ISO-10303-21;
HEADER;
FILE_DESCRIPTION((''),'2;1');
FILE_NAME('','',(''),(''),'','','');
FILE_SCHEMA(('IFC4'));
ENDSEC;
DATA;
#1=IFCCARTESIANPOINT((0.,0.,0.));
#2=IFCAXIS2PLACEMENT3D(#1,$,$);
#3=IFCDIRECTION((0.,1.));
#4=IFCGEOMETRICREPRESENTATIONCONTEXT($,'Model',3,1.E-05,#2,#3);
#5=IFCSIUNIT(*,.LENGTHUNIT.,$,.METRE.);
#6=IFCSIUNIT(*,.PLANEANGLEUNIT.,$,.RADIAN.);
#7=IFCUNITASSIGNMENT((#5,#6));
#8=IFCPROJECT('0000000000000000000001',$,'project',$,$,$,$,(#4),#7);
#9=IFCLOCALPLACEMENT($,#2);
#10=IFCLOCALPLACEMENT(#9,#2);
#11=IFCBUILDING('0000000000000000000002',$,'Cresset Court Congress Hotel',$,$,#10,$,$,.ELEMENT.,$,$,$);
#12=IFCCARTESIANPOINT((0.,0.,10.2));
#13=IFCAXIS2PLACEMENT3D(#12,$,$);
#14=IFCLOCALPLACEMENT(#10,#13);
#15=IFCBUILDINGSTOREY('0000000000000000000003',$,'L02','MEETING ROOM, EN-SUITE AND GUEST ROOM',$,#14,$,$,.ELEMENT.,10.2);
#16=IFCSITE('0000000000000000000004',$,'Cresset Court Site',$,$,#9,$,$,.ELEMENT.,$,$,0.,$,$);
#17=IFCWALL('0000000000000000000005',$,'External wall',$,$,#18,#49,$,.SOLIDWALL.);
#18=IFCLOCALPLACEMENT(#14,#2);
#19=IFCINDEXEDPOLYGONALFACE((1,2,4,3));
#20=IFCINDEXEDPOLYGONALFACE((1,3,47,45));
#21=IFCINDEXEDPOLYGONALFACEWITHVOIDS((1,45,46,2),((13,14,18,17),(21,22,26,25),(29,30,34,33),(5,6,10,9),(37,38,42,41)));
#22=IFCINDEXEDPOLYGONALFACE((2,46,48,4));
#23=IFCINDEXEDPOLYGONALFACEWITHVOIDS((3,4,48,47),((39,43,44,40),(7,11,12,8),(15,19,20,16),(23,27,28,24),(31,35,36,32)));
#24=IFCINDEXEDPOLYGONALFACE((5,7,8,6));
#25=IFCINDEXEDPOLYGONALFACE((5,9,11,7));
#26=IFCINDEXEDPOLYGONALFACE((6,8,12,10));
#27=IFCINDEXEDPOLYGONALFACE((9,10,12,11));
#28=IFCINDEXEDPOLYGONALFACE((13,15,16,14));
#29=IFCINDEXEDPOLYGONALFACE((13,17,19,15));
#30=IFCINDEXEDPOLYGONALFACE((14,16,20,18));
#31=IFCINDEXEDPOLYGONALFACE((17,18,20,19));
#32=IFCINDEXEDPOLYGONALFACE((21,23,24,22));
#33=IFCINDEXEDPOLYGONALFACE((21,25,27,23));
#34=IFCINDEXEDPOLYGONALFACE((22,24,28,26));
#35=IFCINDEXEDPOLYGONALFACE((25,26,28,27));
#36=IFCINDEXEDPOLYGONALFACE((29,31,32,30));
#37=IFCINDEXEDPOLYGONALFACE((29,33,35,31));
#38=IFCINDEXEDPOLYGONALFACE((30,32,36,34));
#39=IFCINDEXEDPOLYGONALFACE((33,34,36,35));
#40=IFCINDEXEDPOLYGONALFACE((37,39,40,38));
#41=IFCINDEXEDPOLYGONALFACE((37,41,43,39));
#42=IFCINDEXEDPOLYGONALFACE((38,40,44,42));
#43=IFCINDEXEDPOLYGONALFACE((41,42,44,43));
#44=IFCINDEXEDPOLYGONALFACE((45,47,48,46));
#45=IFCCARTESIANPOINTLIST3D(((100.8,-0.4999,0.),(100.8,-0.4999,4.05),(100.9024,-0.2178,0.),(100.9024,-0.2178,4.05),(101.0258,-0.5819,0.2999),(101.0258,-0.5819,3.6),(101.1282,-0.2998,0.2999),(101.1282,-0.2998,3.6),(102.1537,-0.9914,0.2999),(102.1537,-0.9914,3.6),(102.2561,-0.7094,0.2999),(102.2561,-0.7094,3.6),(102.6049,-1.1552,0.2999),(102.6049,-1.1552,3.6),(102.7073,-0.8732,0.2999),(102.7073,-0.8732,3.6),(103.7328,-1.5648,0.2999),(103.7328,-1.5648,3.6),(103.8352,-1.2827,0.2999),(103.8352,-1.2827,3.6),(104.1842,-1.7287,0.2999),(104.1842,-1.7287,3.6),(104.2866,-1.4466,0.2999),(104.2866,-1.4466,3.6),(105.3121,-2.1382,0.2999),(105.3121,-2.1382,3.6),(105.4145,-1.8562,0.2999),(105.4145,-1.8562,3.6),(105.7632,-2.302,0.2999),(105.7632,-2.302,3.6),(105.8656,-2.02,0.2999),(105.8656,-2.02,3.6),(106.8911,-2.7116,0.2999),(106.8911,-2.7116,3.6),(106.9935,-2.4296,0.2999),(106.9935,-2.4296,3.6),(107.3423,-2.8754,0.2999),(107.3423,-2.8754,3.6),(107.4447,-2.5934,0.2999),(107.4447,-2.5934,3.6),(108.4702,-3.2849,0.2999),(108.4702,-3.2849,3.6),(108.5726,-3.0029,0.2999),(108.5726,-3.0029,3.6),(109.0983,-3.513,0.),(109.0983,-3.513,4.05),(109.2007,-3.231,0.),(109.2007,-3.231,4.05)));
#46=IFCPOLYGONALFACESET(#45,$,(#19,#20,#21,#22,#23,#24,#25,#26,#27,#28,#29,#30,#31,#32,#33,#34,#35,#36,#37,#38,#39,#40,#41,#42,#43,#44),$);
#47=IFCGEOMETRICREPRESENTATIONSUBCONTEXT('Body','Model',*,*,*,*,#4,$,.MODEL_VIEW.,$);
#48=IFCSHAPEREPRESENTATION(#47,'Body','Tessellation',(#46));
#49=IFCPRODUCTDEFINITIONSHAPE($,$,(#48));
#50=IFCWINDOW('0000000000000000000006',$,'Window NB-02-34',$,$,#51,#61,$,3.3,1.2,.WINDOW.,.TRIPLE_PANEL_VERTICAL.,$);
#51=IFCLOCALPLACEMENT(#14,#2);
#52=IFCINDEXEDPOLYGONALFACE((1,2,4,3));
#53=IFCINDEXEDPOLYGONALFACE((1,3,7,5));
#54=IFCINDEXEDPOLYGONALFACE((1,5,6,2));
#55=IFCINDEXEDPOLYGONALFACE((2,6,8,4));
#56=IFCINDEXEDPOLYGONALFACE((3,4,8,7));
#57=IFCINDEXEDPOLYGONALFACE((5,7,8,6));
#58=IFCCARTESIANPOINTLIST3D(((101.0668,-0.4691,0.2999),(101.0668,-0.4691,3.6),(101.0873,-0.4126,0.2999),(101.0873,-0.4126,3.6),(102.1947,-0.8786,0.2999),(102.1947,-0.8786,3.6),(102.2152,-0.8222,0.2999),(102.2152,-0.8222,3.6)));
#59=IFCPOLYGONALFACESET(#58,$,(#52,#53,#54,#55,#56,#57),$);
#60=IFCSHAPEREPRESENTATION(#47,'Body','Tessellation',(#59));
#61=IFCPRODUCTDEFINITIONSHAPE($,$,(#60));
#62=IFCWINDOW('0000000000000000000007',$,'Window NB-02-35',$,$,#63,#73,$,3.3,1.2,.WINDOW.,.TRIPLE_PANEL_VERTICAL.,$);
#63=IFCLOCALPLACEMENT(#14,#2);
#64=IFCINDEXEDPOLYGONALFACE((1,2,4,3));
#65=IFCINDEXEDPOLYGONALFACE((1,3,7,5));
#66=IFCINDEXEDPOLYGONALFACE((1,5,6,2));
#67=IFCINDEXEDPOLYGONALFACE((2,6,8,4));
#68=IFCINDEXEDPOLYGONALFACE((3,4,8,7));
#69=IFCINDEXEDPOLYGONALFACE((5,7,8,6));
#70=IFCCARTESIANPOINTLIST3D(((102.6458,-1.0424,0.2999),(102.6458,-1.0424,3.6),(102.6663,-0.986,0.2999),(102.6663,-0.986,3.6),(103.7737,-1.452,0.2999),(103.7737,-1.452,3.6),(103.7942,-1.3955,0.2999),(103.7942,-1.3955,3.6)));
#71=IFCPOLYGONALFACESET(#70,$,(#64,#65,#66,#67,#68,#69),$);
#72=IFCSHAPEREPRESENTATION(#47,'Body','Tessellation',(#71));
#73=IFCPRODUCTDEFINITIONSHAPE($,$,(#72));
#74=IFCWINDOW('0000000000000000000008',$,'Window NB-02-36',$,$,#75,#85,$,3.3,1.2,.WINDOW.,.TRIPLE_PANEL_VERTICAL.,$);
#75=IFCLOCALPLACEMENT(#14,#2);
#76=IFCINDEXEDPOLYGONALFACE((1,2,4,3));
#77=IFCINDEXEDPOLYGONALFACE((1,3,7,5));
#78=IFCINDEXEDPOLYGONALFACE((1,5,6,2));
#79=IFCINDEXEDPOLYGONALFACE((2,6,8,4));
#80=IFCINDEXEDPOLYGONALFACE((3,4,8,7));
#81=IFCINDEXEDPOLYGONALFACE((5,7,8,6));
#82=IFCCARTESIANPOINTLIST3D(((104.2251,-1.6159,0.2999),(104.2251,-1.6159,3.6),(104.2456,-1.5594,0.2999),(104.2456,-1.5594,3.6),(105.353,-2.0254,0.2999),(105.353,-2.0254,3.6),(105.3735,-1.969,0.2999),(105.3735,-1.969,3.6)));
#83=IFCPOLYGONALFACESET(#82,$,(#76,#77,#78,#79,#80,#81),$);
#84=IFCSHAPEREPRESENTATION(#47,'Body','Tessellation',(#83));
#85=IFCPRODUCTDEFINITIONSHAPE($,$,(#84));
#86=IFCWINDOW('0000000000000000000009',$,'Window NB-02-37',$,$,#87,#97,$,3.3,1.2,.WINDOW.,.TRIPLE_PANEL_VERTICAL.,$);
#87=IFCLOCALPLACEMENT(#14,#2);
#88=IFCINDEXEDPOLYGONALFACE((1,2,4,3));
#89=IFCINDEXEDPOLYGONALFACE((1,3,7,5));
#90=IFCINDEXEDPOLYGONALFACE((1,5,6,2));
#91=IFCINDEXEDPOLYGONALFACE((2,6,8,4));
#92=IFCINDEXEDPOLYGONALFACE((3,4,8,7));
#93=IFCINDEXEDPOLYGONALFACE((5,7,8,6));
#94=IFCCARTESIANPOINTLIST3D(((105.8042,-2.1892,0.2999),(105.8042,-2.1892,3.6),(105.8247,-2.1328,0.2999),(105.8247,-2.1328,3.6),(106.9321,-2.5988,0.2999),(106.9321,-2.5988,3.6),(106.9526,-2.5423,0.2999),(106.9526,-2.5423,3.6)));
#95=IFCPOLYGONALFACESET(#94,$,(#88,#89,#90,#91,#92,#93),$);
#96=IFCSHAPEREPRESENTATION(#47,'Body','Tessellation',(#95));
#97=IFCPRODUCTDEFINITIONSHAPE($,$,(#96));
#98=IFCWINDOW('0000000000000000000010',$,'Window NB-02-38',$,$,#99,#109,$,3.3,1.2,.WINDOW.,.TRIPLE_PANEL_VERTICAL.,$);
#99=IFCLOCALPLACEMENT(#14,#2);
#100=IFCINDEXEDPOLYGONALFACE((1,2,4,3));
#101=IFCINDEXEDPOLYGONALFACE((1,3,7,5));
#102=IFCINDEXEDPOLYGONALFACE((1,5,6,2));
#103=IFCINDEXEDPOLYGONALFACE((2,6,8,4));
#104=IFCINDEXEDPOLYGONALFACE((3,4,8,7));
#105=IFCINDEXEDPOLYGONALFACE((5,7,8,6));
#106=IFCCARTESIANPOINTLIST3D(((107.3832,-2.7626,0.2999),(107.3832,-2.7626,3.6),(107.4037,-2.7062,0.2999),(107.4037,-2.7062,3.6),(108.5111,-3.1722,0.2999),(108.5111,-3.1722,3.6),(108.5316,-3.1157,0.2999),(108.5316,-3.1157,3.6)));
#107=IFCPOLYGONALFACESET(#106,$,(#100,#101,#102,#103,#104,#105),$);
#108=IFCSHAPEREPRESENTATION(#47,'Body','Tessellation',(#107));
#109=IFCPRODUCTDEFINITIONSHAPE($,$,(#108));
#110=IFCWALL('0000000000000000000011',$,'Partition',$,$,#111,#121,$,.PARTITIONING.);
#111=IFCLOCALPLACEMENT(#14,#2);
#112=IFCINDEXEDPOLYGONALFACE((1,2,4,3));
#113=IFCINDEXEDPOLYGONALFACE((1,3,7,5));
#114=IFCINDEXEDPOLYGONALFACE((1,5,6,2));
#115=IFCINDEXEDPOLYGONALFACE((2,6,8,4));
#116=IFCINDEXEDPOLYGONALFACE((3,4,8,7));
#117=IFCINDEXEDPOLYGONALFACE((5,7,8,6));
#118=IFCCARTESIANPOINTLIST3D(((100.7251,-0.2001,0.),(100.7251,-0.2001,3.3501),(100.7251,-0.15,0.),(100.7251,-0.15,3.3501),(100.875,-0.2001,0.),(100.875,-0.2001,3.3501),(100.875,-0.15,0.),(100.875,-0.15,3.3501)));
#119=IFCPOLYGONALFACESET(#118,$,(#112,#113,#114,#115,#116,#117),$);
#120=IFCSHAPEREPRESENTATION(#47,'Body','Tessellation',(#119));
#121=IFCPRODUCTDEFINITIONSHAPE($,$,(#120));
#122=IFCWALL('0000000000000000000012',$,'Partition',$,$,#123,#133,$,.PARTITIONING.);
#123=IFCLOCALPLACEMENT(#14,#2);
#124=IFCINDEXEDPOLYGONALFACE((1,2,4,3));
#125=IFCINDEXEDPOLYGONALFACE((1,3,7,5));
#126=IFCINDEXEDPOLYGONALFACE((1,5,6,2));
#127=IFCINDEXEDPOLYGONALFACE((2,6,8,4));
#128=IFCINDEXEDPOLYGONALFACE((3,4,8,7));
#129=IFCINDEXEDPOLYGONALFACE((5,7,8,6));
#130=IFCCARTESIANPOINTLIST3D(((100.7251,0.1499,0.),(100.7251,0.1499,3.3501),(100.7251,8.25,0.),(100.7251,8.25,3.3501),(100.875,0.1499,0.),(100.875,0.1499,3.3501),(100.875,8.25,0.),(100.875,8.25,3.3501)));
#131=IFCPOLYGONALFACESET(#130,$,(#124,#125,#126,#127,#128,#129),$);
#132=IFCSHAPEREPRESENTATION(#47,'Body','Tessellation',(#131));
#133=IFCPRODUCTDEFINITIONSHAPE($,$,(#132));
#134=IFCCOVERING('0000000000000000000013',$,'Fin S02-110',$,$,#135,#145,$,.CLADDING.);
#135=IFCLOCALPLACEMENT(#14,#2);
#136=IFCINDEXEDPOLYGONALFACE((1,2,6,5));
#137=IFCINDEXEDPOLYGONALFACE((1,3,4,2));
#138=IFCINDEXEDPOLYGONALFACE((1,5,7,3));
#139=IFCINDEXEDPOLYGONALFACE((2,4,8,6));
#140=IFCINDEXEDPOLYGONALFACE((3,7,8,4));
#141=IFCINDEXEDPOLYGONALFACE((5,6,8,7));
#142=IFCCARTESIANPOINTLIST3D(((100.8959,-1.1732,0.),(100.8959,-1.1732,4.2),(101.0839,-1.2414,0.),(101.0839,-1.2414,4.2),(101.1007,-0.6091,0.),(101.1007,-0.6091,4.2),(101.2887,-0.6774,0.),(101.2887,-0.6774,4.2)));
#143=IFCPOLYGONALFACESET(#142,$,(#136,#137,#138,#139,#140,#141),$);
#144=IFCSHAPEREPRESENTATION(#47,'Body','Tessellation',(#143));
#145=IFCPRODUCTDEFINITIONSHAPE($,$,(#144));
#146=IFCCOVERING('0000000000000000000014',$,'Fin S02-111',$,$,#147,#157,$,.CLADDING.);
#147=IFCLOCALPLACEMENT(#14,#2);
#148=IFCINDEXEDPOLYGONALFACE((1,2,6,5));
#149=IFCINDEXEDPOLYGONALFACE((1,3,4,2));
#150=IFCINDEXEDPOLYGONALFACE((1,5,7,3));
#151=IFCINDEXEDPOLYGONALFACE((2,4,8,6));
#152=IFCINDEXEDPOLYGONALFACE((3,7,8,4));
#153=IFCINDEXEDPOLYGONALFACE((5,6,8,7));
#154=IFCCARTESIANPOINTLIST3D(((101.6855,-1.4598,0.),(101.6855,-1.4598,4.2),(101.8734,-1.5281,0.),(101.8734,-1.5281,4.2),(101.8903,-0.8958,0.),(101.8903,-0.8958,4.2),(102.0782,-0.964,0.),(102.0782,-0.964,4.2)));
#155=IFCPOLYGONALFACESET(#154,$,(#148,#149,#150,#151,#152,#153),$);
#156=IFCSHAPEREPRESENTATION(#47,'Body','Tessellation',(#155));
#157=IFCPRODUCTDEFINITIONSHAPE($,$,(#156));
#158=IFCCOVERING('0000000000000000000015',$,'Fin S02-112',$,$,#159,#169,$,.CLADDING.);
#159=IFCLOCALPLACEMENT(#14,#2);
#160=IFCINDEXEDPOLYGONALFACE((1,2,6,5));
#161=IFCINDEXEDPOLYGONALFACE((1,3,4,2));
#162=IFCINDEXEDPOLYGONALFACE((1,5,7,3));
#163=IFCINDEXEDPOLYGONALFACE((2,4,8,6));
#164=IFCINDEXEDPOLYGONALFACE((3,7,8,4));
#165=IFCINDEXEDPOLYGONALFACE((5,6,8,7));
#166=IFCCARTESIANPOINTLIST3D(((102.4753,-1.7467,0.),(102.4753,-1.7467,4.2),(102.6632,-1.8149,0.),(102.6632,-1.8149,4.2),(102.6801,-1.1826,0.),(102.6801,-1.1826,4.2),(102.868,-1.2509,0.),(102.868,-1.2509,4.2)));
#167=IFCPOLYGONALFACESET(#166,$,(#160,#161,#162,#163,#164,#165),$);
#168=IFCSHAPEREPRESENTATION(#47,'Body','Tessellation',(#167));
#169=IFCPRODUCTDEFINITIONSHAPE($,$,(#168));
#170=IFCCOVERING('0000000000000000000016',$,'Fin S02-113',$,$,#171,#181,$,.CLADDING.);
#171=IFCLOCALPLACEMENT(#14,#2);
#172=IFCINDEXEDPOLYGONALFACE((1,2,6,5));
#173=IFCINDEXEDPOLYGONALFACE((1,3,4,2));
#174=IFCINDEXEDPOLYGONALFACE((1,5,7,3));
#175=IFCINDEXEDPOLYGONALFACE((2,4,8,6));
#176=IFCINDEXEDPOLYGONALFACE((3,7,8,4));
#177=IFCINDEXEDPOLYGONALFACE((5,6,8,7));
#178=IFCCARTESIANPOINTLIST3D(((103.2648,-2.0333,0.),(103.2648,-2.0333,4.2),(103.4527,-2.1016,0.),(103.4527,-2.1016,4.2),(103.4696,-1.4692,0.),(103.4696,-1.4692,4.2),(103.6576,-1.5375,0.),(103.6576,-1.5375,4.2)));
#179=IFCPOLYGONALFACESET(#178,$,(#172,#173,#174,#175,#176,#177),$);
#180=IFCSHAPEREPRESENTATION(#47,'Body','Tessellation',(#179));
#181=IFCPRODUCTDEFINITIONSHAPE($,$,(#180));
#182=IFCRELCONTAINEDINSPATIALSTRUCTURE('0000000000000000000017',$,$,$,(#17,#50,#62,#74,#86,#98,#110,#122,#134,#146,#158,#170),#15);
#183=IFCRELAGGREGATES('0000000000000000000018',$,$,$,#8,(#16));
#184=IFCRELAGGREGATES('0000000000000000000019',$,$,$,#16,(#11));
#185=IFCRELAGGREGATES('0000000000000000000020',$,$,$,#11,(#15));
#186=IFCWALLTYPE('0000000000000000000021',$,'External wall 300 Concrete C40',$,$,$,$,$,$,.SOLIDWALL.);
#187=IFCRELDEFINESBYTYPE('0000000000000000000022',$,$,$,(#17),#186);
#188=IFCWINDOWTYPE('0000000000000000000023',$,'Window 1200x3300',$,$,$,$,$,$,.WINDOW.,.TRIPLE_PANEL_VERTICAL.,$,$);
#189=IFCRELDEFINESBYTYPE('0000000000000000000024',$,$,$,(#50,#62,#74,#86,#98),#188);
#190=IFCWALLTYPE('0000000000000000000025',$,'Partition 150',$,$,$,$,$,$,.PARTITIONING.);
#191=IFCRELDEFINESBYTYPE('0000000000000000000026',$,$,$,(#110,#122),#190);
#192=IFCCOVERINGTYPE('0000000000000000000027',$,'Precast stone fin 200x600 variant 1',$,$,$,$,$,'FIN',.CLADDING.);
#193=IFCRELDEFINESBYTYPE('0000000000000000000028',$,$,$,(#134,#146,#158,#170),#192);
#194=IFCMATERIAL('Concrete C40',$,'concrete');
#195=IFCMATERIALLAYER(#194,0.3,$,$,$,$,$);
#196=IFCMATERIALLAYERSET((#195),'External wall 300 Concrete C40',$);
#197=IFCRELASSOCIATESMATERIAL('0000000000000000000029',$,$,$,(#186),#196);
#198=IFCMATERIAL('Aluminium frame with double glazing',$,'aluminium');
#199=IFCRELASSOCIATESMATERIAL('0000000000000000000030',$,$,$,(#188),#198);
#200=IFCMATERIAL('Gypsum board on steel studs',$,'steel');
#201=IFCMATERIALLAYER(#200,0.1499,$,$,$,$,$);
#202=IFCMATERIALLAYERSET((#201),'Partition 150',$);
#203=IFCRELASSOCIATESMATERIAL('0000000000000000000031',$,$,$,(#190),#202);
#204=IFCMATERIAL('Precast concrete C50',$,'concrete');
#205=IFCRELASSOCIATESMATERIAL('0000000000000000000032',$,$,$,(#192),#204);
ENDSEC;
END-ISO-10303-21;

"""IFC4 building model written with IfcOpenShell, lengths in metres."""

from ifc_helpers import new_model, si_unit, direction, frame, frame_2d, origin, origin_2d, place, context, subcontext, project, spatial, rectangle, extrude, material, layer, layer_set, type_object, element, fill, save


model = new_model("IFC4")

# Units and contexts
model_context = context("Model", 3, precision=1e-05, world=origin(), true_north=direction((0.0, 1.0)))
body_context = subcontext(model_context, "Body", "Model", "MODEL_VIEW")
ifc_project = project(units=[si_unit("LENGTHUNIT", "METRE"), si_unit("PLANEANGLEUNIT", "RADIAN")], contexts=[model_context])

# Site, building, storey
site_placement = place(None, origin())
site = spatial("IfcSite", under=ifc_project, at=site_placement, Name="Cresset Court Site", CompositionType="ELEMENT", RefElevation=0.0)
building_placement = place(site_placement, origin())
building = spatial("IfcBuilding", under=site, at=building_placement, Name="Cresset Court Congress Hotel", CompositionType="ELEMENT")
storey_placement = place(building_placement, frame((0.0, 0.0, 10.2)))
storey = spatial("IfcBuildingStorey", under=building, at=storey_placement, Name="L02", Description="MEETING ROOM, EN-SUITE AND GUEST ROOM", CompositionType="ELEMENT", Elevation=10.2)

# Wall, openings, windows
ifc_material_1 = material(Name="Concrete C40", Category="concrete")
ifc_layer_1 = layer(ifc_material_1, 0.3)
ifc_layer_set_1 = layer_set([ifc_layer_1], Name="External wall 300 Concrete C40")
wall_type_1 = type_object("IfcWallType", Name="External wall 300 Concrete C40", PredefinedType="SOLIDWALL", material=ifc_layer_set_1)
wall_1_placement = place(storey_placement, frame((100.8513, -0.3589, 0.0), z_axis=(0.0, 0.0, 1.0), x_axis=(0.939953, -0.341303, 0.0)))
wall_1 = element("IfcWall", 1, at=wall_1_placement, inside=storey, type_object=wall_type_1, Name="External wall", PredefinedType="SOLIDWALL", context=body_context, shape_type="SweptSolid", body=[
    extrude(rectangle(XDim=8.8284, YDim=0.3, at=frame_2d((4.4141, 0.0))), origin(), (0.0, 0.0, 1.0), 4.05),
])
opening_1_placement = place(wall_1_placement, frame((0.24, 0.0, 0.3)))
opening_1 = element("IfcOpeningElement", 2, at=opening_1_placement, cuts=wall_1, PredefinedType="OPENING", context=body_context, shape_type="SweptSolid", body=[
    extrude(rectangle(XDim=1.2, YDim=3.3, at=frame_2d((0.6001, 1.6499))), frame((0.0, 0.1599, 0.0), z_axis=(0.0, -1.0, 0.0), x_axis=(1.0, 0.0, 0.0)), (0.0, 0.0, 1.0), 0.3201),
])
opening_2_placement = place(wall_1_placement, frame((1.9199, 0.0, 0.3)))
opening_2 = element("IfcOpeningElement", 3, at=opening_2_placement, cuts=wall_1, PredefinedType="OPENING", context=body_context, shape_type="SweptSolid", body=[
    extrude(rectangle(XDim=1.2, YDim=3.3, at=frame_2d((0.6001, 1.6499))), frame((0.0, 0.1599, 0.0), z_axis=(0.0, -1.0, 0.0), x_axis=(1.0, 0.0, 0.0)), (0.0, 0.0, 1.0), 0.3201),
])
opening_3_placement = place(wall_1_placement, frame((3.6001, 0.0, 0.3)))
opening_3 = element("IfcOpeningElement", 4, at=opening_3_placement, cuts=wall_1, PredefinedType="OPENING", context=body_context, shape_type="SweptSolid", body=[
    extrude(rectangle(XDim=1.2, YDim=3.3, at=frame_2d((0.6001, 1.6499))), frame((0.0, 0.1599, 0.0), z_axis=(0.0, -1.0, 0.0), x_axis=(1.0, 0.0, 0.0)), (0.0, 0.0, 1.0), 0.3201),
])
opening_4_placement = place(wall_1_placement, frame((5.28, 0.0, 0.3)))
opening_4 = element("IfcOpeningElement", 5, at=opening_4_placement, cuts=wall_1, PredefinedType="OPENING", context=body_context, shape_type="SweptSolid", body=[
    extrude(rectangle(XDim=1.2, YDim=3.3, at=frame_2d((0.6001, 1.6499))), frame((0.0, 0.1599, 0.0), z_axis=(0.0, -1.0, 0.0), x_axis=(1.0, 0.0, 0.0)), (0.0, 0.0, 1.0), 0.3201),
])
opening_5_placement = place(wall_1_placement, frame((6.96, 0.0, 0.3)))
opening_5 = element("IfcOpeningElement", 6, at=opening_5_placement, cuts=wall_1, PredefinedType="OPENING", context=body_context, shape_type="SweptSolid", body=[
    extrude(rectangle(XDim=1.2, YDim=3.3, at=frame_2d((0.6001, 1.6499))), frame((0.0, 0.1599, 0.0), z_axis=(0.0, -1.0, 0.0), x_axis=(1.0, 0.0, 0.0)), (0.0, 0.0, 1.0), 0.3201),
])
ifc_material_2 = material(Name="Aluminium frame with double glazing", Category="aluminium")
window_type = type_object("IfcWindowType", Name="Window 1200x3300", PartitioningType="TRIPLE_PANEL_VERTICAL", PredefinedType="WINDOW", material=ifc_material_2)
window_1_placement = place(opening_1_placement, origin())
window_1 = element("IfcWindow", 7, at=window_1_placement, inside=storey, type_object=window_type, Name="Window NB-02-34", OverallHeight=3.3, OverallWidth=1.2, PartitioningType="TRIPLE_PANEL_VERTICAL", PredefinedType="WINDOW", context=body_context, shape_type="SweptSolid", body=[
    extrude(rectangle(XDim=1.2, YDim=3.3, at=frame_2d((0.6001, 1.6499))), frame((0.0, 0.03, 0.0), z_axis=(0.0, -1.0, 0.0), x_axis=(1.0, 0.0, 0.0)), (0.0, 0.0, 1.0), 0.0601),
])
fill(opening_1, window_1)
window_2_placement = place(opening_2_placement, origin())
window_2 = element("IfcWindow", 8, at=window_2_placement, inside=storey, type_object=window_type, Name="Window NB-02-35", OverallHeight=3.3, OverallWidth=1.2, PartitioningType="TRIPLE_PANEL_VERTICAL", PredefinedType="WINDOW", context=body_context, shape_type="SweptSolid", body=[
    extrude(rectangle(XDim=1.2, YDim=3.3, at=frame_2d((0.6001, 1.6499))), frame((0.0, 0.03, 0.0), z_axis=(0.0, -1.0, 0.0), x_axis=(1.0, 0.0, 0.0)), (0.0, 0.0, 1.0), 0.0601),
])
fill(opening_2, window_2)
window_3_placement = place(opening_3_placement, origin())
window_3 = element("IfcWindow", 9, at=window_3_placement, inside=storey, type_object=window_type, Name="Window NB-02-36", OverallHeight=3.3, OverallWidth=1.2, PartitioningType="TRIPLE_PANEL_VERTICAL", PredefinedType="WINDOW", context=body_context, shape_type="SweptSolid", body=[
    extrude(rectangle(XDim=1.2, YDim=3.3, at=frame_2d((0.6001, 1.6499))), frame((0.0, 0.03, 0.0), z_axis=(0.0, -1.0, 0.0), x_axis=(1.0, 0.0, 0.0)), (0.0, 0.0, 1.0), 0.0601),
])
fill(opening_3, window_3)
window_4_placement = place(opening_4_placement, origin())
window_4 = element("IfcWindow", 10, at=window_4_placement, inside=storey, type_object=window_type, Name="Window NB-02-37", OverallHeight=3.3, OverallWidth=1.2, PartitioningType="TRIPLE_PANEL_VERTICAL", PredefinedType="WINDOW", context=body_context, shape_type="SweptSolid", body=[
    extrude(rectangle(XDim=1.2, YDim=3.3, at=frame_2d((0.6001, 1.6499))), frame((0.0, 0.03, 0.0), z_axis=(0.0, -1.0, 0.0), x_axis=(1.0, 0.0, 0.0)), (0.0, 0.0, 1.0), 0.0601),
])
fill(opening_4, window_4)
window_5_placement = place(opening_5_placement, origin())
window_5 = element("IfcWindow", 11, at=window_5_placement, inside=storey, type_object=window_type, Name="Window NB-02-38", OverallHeight=3.3, OverallWidth=1.2, PartitioningType="TRIPLE_PANEL_VERTICAL", PredefinedType="WINDOW", context=body_context, shape_type="SweptSolid", body=[
    extrude(rectangle(XDim=1.2, YDim=3.3, at=frame_2d((0.6001, 1.6499))), frame((0.0, 0.03, 0.0), z_axis=(0.0, -1.0, 0.0), x_axis=(1.0, 0.0, 0.0)), (0.0, 0.0, 1.0), 0.0601),
])
fill(opening_5, window_5)

# Walls
ifc_material_3 = material(Name="Gypsum board on steel studs", Category="steel")
ifc_layer_2 = layer(ifc_material_3, 0.1499)
ifc_layer_set_2 = layer_set([ifc_layer_2], Name="Partition 150")
wall_type_2 = type_object("IfcWallType", Name="Partition 150", PredefinedType="PARTITIONING", material=ifc_layer_set_2)
wall_2_placement = place(storey_placement, frame((100.8, -0.2, 0.0), z_axis=(0.0, 0.0, 1.0), x_axis=(0.0, 1.0, 0.0)))
element("IfcWall", 12, at=wall_2_placement, inside=storey, type_object=wall_type_2, Name="Partition", PredefinedType="PARTITIONING", context=body_context, shape_type="SweptSolid", body=[
    extrude(rectangle(XDim=0.05, YDim=0.1499, at=frame_2d((0.0249, 0.0))), origin(), (0.0, 0.0, 1.0), 3.3501),
])
wall_3_placement = place(storey_placement, frame((100.8, 0.1499, 0.0), z_axis=(0.0, 0.0, 1.0), x_axis=(0.0, 1.0, 0.0)))
element("IfcWall", 13, at=wall_3_placement, inside=storey, type_object=wall_type_2, Name="Partition", PredefinedType="PARTITIONING", context=body_context, shape_type="SweptSolid", body=[
    extrude(rectangle(XDim=8.1001, YDim=0.1499, at=frame_2d((4.05, 0.0))), origin(), (0.0, 0.0, 1.0), 3.3501),
])

# Coverings
ifc_material_4 = material(Name="Precast concrete C50", Category="concrete")
covering_type_1 = type_object("IfcCoveringType", Name="Precast stone fin 200x600 variant 1", ElementType="FIN", PredefinedType="CLADDING", material=ifc_material_4)
for number, where, z_axis, x_axis, name in (
    (14, (101.0923, -0.9253, 0.0), (0.0, 0.0, 1.0), (0.939957, -0.341293, 0.0), "Fin S02-110"),
    (15, (101.8818, -1.2119, 0.0), (0.0, 0.0, 1.0), (0.939957, -0.341293, 0.0), "Fin S02-111"),
    (16, (102.6716, -1.4988, 0.0), (0.0, 0.0, 1.0), (0.939957, -0.341293, 0.0), "Fin S02-112"),
    (17, (103.4612, -1.7854, 0.0), (0.0, 0.0, 1.0), (0.939957, -0.341293, 0.0), "Fin S02-113"),
):
    element("IfcCovering", number, at=place(storey_placement, frame(where, z_axis=z_axis, x_axis=x_axis)), inside=storey, type_object=covering_type_1, Name=name, PredefinedType="CLADDING", context=body_context, shape_type="SweptSolid", body=[
        extrude(rectangle(XDim=0.2, YDim=0.6001, at=origin_2d()), origin(), (0.0, 0.0, 1.0), 4.2),
    ])

save(model, "model.ifc")
